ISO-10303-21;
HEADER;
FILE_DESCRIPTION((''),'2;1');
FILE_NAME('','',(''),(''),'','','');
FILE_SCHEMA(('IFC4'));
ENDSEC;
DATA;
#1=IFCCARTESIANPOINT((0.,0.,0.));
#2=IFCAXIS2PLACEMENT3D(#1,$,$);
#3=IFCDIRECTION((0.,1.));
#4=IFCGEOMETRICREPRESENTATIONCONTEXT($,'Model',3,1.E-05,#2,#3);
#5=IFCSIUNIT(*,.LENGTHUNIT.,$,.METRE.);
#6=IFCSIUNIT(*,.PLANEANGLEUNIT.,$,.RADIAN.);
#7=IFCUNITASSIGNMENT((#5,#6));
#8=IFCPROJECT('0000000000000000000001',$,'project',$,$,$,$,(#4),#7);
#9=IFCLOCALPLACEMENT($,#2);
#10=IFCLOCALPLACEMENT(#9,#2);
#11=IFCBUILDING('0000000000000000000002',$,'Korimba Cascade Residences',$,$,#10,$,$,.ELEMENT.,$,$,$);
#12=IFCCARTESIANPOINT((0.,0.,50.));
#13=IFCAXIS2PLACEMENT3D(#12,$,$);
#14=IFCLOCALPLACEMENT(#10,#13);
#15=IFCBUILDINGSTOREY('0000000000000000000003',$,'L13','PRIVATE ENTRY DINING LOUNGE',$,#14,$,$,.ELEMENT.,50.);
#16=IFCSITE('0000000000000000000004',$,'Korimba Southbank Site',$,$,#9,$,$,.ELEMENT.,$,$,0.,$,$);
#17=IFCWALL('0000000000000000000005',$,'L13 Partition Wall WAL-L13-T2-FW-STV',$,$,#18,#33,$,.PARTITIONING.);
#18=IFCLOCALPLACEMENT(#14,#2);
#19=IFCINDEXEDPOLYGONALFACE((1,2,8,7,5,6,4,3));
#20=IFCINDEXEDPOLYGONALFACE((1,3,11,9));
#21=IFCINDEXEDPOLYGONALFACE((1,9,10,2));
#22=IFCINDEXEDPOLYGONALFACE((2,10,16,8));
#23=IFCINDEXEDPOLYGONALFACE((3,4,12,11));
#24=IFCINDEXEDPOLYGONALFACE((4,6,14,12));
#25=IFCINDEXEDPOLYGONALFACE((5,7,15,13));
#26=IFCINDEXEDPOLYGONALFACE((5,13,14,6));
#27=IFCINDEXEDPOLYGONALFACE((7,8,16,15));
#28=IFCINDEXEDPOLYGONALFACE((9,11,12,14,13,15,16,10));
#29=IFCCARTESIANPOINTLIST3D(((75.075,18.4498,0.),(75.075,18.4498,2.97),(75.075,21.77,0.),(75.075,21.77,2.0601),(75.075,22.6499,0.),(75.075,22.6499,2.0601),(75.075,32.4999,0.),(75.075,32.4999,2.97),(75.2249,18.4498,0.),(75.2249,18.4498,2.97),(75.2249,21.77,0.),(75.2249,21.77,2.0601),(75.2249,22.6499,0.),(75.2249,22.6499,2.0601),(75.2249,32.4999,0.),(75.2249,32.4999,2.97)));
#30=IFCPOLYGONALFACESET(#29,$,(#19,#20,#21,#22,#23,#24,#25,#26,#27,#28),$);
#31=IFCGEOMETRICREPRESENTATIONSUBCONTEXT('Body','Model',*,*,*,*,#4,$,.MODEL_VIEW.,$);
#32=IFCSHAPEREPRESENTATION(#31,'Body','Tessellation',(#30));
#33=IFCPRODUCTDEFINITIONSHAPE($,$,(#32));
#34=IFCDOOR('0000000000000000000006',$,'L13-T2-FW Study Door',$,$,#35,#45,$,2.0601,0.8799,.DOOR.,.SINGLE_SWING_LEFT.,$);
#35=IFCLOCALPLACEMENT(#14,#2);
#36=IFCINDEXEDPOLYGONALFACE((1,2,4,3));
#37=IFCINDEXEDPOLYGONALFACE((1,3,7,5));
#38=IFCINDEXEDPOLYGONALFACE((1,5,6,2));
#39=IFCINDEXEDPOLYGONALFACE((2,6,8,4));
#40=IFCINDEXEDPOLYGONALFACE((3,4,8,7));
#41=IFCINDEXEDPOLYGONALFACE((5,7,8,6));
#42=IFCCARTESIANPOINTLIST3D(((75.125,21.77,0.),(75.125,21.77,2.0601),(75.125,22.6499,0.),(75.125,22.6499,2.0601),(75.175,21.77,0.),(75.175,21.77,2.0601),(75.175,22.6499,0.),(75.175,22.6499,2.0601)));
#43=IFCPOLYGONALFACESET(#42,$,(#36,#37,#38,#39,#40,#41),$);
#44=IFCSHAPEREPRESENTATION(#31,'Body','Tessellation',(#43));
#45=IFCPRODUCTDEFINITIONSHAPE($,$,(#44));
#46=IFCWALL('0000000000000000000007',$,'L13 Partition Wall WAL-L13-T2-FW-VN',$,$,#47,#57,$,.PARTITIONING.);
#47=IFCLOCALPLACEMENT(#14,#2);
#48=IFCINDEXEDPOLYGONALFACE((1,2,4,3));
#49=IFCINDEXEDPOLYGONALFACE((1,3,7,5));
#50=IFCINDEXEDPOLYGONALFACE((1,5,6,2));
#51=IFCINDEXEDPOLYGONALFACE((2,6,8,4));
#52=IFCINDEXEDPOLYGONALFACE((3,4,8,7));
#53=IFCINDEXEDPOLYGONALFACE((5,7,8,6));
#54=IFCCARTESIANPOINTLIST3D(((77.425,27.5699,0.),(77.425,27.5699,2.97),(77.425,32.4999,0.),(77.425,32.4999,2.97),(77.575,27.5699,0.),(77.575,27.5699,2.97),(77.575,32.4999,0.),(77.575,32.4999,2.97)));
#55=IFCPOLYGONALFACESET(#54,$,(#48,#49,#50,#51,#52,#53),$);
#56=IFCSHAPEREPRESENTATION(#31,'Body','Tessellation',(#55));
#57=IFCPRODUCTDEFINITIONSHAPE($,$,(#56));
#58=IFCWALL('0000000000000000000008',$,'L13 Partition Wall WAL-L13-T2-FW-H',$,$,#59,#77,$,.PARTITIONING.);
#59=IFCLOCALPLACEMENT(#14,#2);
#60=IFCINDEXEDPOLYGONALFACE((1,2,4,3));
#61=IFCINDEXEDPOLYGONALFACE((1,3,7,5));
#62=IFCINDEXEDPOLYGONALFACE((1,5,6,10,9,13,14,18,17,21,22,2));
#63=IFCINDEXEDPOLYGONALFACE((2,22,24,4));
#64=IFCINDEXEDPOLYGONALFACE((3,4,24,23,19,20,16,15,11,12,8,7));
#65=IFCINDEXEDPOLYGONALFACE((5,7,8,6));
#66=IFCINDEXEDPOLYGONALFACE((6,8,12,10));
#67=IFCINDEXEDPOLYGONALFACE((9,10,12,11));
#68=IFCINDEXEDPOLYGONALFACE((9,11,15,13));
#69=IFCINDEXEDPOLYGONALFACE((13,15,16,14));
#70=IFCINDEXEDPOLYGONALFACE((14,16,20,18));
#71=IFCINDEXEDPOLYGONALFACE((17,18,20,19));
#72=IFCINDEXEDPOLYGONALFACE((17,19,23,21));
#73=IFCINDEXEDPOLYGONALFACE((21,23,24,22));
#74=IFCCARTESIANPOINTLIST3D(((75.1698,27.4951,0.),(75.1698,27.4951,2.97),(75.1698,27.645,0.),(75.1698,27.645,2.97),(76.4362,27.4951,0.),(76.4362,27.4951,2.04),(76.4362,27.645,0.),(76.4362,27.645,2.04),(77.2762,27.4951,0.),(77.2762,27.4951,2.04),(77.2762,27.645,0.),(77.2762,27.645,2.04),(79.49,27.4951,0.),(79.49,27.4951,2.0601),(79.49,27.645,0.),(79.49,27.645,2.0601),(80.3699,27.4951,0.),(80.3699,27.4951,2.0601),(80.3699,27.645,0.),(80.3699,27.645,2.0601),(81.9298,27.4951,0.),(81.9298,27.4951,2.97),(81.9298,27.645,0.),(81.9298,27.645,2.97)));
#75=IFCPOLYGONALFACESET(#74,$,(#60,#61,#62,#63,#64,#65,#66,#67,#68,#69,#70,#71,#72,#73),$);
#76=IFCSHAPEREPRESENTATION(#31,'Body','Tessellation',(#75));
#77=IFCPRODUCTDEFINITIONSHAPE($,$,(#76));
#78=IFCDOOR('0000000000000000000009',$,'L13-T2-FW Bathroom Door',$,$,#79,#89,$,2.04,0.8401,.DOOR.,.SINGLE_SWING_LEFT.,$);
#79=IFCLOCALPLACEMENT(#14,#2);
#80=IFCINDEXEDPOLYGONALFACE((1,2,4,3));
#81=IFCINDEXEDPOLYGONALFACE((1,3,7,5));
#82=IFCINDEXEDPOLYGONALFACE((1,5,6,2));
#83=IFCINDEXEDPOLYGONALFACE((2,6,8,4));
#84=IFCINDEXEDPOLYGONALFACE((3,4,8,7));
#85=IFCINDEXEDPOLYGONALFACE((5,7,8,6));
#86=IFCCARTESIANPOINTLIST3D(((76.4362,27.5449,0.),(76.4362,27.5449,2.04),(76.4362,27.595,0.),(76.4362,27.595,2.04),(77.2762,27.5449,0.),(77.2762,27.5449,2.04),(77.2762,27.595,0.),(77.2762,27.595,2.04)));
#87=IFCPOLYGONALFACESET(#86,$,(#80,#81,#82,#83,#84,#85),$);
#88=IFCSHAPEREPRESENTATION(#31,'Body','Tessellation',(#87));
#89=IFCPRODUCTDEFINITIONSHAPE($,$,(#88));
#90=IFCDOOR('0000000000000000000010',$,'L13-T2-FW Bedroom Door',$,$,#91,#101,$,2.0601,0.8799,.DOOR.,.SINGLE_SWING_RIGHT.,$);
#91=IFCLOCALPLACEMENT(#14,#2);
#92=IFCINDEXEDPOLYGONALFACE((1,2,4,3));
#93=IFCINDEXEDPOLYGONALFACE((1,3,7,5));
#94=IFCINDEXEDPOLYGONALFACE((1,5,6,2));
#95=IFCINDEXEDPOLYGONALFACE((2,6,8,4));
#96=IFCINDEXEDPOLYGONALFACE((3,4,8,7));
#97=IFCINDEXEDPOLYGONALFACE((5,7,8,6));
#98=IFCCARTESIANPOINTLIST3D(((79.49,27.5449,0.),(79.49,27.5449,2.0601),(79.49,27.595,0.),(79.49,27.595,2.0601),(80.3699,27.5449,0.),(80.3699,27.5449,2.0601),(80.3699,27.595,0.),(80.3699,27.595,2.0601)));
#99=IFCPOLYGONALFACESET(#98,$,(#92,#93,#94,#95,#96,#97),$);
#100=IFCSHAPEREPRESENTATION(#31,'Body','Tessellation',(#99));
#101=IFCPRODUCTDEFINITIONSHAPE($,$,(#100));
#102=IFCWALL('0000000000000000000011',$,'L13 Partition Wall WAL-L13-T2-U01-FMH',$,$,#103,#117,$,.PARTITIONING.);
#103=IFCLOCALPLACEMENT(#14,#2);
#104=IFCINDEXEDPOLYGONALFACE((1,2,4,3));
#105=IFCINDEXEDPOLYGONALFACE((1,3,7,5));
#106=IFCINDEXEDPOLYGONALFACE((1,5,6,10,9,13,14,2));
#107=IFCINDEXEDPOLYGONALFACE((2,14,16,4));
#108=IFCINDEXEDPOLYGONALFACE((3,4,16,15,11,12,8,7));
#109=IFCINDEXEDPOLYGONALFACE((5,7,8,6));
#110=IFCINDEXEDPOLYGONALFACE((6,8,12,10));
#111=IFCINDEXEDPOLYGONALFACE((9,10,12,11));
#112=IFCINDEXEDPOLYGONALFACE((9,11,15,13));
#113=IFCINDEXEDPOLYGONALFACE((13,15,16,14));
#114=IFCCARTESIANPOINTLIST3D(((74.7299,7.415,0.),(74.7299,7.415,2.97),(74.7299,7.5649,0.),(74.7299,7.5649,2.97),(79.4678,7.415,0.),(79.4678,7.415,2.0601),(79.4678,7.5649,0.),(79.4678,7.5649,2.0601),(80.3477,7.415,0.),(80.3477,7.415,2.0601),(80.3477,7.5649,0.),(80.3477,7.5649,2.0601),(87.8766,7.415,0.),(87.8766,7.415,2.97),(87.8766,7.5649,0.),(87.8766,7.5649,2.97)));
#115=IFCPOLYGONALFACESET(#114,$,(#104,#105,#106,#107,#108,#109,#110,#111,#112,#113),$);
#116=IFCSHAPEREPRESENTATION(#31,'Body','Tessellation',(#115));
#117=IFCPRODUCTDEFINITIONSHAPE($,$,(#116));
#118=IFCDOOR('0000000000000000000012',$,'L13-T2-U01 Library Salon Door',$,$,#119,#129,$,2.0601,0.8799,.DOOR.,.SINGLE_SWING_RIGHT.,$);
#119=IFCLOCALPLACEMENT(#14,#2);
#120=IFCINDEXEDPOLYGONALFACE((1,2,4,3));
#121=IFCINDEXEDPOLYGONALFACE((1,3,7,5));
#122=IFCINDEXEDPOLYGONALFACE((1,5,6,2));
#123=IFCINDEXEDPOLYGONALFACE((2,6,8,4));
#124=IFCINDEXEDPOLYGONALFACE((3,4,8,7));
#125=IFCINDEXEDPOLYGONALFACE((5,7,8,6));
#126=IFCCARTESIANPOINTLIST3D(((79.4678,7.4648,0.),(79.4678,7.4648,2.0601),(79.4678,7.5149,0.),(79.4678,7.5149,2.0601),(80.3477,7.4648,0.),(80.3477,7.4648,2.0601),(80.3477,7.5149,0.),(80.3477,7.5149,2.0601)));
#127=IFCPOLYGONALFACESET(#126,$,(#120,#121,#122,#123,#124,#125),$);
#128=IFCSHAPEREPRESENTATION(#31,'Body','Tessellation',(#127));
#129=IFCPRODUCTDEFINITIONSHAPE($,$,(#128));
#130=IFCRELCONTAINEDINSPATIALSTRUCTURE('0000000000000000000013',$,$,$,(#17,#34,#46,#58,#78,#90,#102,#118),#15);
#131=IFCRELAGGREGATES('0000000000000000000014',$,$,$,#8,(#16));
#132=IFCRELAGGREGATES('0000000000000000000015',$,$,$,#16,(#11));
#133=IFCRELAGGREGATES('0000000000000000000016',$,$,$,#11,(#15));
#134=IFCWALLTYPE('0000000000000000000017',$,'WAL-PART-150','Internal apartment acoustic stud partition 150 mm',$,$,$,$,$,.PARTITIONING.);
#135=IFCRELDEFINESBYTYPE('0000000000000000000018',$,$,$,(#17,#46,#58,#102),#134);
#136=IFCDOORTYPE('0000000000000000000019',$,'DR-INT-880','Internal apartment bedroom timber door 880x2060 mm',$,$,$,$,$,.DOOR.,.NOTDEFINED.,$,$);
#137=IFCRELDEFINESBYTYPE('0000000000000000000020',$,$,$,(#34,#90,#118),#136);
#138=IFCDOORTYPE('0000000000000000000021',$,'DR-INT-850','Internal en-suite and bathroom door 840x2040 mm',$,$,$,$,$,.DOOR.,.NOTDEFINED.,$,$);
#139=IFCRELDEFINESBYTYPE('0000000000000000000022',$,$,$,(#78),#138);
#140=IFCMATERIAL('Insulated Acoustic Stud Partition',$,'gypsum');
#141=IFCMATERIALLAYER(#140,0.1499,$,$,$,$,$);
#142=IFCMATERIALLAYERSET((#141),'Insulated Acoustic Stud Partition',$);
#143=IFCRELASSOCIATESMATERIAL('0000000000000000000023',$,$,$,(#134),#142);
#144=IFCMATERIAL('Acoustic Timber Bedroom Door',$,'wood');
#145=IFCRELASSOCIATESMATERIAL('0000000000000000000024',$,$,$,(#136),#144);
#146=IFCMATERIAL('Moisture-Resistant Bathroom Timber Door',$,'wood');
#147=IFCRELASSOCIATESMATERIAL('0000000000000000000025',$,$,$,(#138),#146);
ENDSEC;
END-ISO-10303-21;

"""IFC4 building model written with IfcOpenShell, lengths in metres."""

from ifc_helpers import new_model, si_unit, direction, frame, frame_2d, origin, place, context, subcontext, project, spatial, rectangle, extrude, material, layer, layer_set, type_object, element, fill, save


model = new_model("IFC4")

# Units and contexts
model_context = context("Model", 3, precision=1e-05, world=origin(), true_north=direction((0.0, 1.0)))
body_context = subcontext(model_context, "Body", "Model", "MODEL_VIEW")
ifc_project = project(units=[si_unit("LENGTHUNIT", "METRE"), si_unit("PLANEANGLEUNIT", "RADIAN")], contexts=[model_context])

# Site, building, storey
site_placement = place(None, origin())
site = spatial("IfcSite", under=ifc_project, at=site_placement, Name="Korimba Southbank Site", CompositionType="ELEMENT", RefElevation=0.0)
building_placement = place(site_placement, origin())
building = spatial("IfcBuilding", under=site, at=building_placement, Name="Korimba Cascade Residences", CompositionType="ELEMENT")
storey_placement = place(building_placement, frame((0.0, 0.0, 50.0)))
storey = spatial("IfcBuildingStorey", under=building, at=storey_placement, Name="L13", Description="PRIVATE ENTRY DINING LOUNGE", CompositionType="ELEMENT", Elevation=50.0)

# Shared definitions
ifc_material_1 = material(Name="Insulated Acoustic Stud Partition", Category="gypsum")
ifc_layer_1 = layer(ifc_material_1, 0.1499)
ifc_layer_set_1 = layer_set([ifc_layer_1], Name="Insulated Acoustic Stud Partition")
wall_type_1 = type_object("IfcWallType", Name="WAL-PART-150", Description="Internal apartment acoustic stud partition 150 mm", PredefinedType="PARTITIONING", material=ifc_layer_set_1)

# Wall, opening, door
wall_1_placement = place(storey_placement, frame((75.1499, 18.45, 0.0), z_axis=(0.0, 0.0, 1.0), x_axis=(0.0, 1.0, 0.0)))
wall_1 = element("IfcWall", 1, at=wall_1_placement, inside=storey, type_object=wall_type_1, Name="L13 Partition Wall WAL-L13-T2-FW-STV", PredefinedType="PARTITIONING", context=body_context, shape_type="SweptSolid", body=[
    extrude(rectangle(XDim=14.05, YDim=0.1499, at=frame_2d((7.0249, 0.0))), origin(), (0.0, 0.0, 1.0), 2.97),
])
opening_1_placement = place(wall_1_placement, frame((3.3201, 0.0, 0.0)))
opening_1 = element("IfcOpeningElement", 2, at=opening_1_placement, cuts=wall_1, PredefinedType="OPENING", context=body_context, shape_type="SweptSolid", body=[
    extrude(rectangle(XDim=0.8799, YDim=2.0601, at=frame_2d((0.4399, 1.03))), frame((0.0, 0.085, 0.0), z_axis=(0.0, -1.0, 0.0), x_axis=(1.0, 0.0, 0.0)), (0.0, 0.0, 1.0), 0.1699),
])
ifc_material_2 = material(Name="Acoustic Timber Bedroom Door", Category="wood")
door_type_1 = type_object("IfcDoorType", Name="DR-INT-880", Description="Internal apartment bedroom timber door 880x2060 mm", OperationType="NOTDEFINED", PredefinedType="DOOR", material=ifc_material_2)
door_1_placement = place(opening_1_placement, origin())
door_1 = element("IfcDoor", 3, at=door_1_placement, inside=storey, type_object=door_type_1, Name="L13-T2-FW Study Door", OperationType="SINGLE_SWING_LEFT", OverallHeight=2.0601, OverallWidth=0.8799, PredefinedType="DOOR", context=body_context, shape_type="SweptSolid", body=[
    extrude(rectangle(XDim=0.8799, YDim=2.0601, at=frame_2d((0.4399, 1.03))), frame((0.0, 0.0249, 0.0), z_axis=(0.0, -1.0, 0.0), x_axis=(1.0, 0.0, 0.0)), (0.0, 0.0, 1.0), 0.05),
])
fill(opening_1, door_1)

# Wall
wall_2_placement = place(storey_placement, frame((77.5, 27.5701, 0.0), z_axis=(0.0, 0.0, 1.0), x_axis=(0.0, 1.0, 0.0)))
element("IfcWall", 4, at=wall_2_placement, inside=storey, type_object=wall_type_1, Name="L13 Partition Wall WAL-L13-T2-FW-VN", PredefinedType="PARTITIONING", context=body_context, shape_type="SweptSolid", body=[
    extrude(rectangle(XDim=4.9299, YDim=0.1499, at=frame_2d((2.4648, 0.0))), origin(), (0.0, 0.0, 1.0), 2.97),
])

# Wall, openings, doors
wall_3_placement = place(storey_placement, frame((75.1699, 27.5701, 0.0), z_axis=(0.0, 0.0, 1.0), x_axis=(1.0, 0.0, 0.0)))
wall_3 = element("IfcWall", 5, at=wall_3_placement, inside=storey, type_object=wall_type_1, Name="L13 Partition Wall WAL-L13-T2-FW-H", PredefinedType="PARTITIONING", context=body_context, shape_type="SweptSolid", body=[
    extrude(rectangle(XDim=6.76, YDim=0.1499, at=frame_2d((3.3799, 0.0))), origin(), (0.0, 0.0, 1.0), 2.97),
])
opening_2_placement = place(wall_3_placement, frame((1.2664, 0.0, 0.0)))
opening_2 = element("IfcOpeningElement", 6, at=opening_2_placement, cuts=wall_3, PredefinedType="OPENING", context=body_context, shape_type="SweptSolid", body=[
    extrude(rectangle(XDim=0.8401, YDim=2.04, at=frame_2d((0.4199, 1.02))), frame((0.0, 0.085, 0.0), z_axis=(0.0, -1.0, 0.0), x_axis=(1.0, 0.0, 0.0)), (0.0, 0.0, 1.0), 0.1699),
])
opening_3_placement = place(wall_3_placement, frame((4.3201, 0.0, 0.0)))
opening_3 = element("IfcOpeningElement", 7, at=opening_3_placement, cuts=wall_3, PredefinedType="OPENING", context=body_context, shape_type="SweptSolid", body=[
    extrude(rectangle(XDim=0.8799, YDim=2.0601, at=frame_2d((0.4399, 1.03))), frame((0.0, 0.085, 0.0), z_axis=(0.0, -1.0, 0.0), x_axis=(1.0, 0.0, 0.0)), (0.0, 0.0, 1.0), 0.1699),
])
ifc_material_3 = material(Name="Moisture-Resistant Bathroom Timber Door", Category="wood")
door_type_2 = type_object("IfcDoorType", Name="DR-INT-850", Description="Internal en-suite and bathroom door 840x2040 mm", OperationType="NOTDEFINED", PredefinedType="DOOR", material=ifc_material_3)
door_2_placement = place(opening_2_placement, origin())
door_2 = element("IfcDoor", 8, at=door_2_placement, inside=storey, type_object=door_type_2, Name="L13-T2-FW Bathroom Door", OperationType="SINGLE_SWING_LEFT", OverallHeight=2.04, OverallWidth=0.8401, PredefinedType="DOOR", context=body_context, shape_type="SweptSolid", body=[
    extrude(rectangle(XDim=0.8401, YDim=2.04, at=frame_2d((0.4199, 1.02))), frame((0.0, 0.0249, 0.0), z_axis=(0.0, -1.0, 0.0), x_axis=(1.0, 0.0, 0.0)), (0.0, 0.0, 1.0), 0.05),
])
fill(opening_2, door_2)
door_3_placement = place(opening_3_placement, origin())
door_3 = element("IfcDoor", 9, at=door_3_placement, inside=storey, type_object=door_type_1, Name="L13-T2-FW Bedroom Door", OperationType="SINGLE_SWING_RIGHT", OverallHeight=2.0601, OverallWidth=0.8799, PredefinedType="DOOR", context=body_context, shape_type="SweptSolid", body=[
    extrude(rectangle(XDim=0.8799, YDim=2.0601, at=frame_2d((0.4399, 1.03))), frame((0.0, 0.0249, 0.0), z_axis=(0.0, -1.0, 0.0), x_axis=(1.0, 0.0, 0.0)), (0.0, 0.0, 1.0), 0.05),
])
fill(opening_3, door_3)

# Wall, opening, door
wall_4_placement = place(storey_placement, frame((74.73, 7.49, 0.0), z_axis=(0.0, 0.0, 1.0), x_axis=(1.0, 0.0, 0.0)))
wall_4 = element("IfcWall", 10, at=wall_4_placement, inside=storey, type_object=wall_type_1, Name="L13 Partition Wall WAL-L13-T2-U01-FMH", PredefinedType="PARTITIONING", context=body_context, shape_type="SweptSolid", body=[
    extrude(rectangle(XDim=13.1467, YDim=0.1499, at=frame_2d((6.5732, 0.0))), origin(), (0.0, 0.0, 1.0), 2.97),
])
opening_4_placement = place(wall_4_placement, frame((4.7378, 0.0, 0.0)))
opening_4 = element("IfcOpeningElement", 11, at=opening_4_placement, cuts=wall_4, PredefinedType="OPENING", context=body_context, shape_type="SweptSolid", body=[
    extrude(rectangle(XDim=0.8799, YDim=2.0601, at=frame_2d((0.4399, 1.03))), frame((0.0, 0.085, 0.0), z_axis=(0.0, -1.0, 0.0), x_axis=(1.0, 0.0, 0.0)), (0.0, 0.0, 1.0), 0.1699),
])
door_4_placement = place(opening_4_placement, origin())
door_4 = element("IfcDoor", 12, at=door_4_placement, inside=storey, type_object=door_type_1, Name="L13-T2-U01 Library Salon Door", OperationType="SINGLE_SWING_RIGHT", OverallHeight=2.0601, OverallWidth=0.8799, PredefinedType="DOOR", context=body_context, shape_type="SweptSolid", body=[
    extrude(rectangle(XDim=0.8799, YDim=2.0601, at=frame_2d((0.4399, 1.03))), frame((0.0, 0.0249, 0.0), z_axis=(0.0, -1.0, 0.0), x_axis=(1.0, 0.0, 0.0)), (0.0, 0.0, 1.0), 0.05),
])
fill(opening_4, door_4)

save(model, "model.ifc")
